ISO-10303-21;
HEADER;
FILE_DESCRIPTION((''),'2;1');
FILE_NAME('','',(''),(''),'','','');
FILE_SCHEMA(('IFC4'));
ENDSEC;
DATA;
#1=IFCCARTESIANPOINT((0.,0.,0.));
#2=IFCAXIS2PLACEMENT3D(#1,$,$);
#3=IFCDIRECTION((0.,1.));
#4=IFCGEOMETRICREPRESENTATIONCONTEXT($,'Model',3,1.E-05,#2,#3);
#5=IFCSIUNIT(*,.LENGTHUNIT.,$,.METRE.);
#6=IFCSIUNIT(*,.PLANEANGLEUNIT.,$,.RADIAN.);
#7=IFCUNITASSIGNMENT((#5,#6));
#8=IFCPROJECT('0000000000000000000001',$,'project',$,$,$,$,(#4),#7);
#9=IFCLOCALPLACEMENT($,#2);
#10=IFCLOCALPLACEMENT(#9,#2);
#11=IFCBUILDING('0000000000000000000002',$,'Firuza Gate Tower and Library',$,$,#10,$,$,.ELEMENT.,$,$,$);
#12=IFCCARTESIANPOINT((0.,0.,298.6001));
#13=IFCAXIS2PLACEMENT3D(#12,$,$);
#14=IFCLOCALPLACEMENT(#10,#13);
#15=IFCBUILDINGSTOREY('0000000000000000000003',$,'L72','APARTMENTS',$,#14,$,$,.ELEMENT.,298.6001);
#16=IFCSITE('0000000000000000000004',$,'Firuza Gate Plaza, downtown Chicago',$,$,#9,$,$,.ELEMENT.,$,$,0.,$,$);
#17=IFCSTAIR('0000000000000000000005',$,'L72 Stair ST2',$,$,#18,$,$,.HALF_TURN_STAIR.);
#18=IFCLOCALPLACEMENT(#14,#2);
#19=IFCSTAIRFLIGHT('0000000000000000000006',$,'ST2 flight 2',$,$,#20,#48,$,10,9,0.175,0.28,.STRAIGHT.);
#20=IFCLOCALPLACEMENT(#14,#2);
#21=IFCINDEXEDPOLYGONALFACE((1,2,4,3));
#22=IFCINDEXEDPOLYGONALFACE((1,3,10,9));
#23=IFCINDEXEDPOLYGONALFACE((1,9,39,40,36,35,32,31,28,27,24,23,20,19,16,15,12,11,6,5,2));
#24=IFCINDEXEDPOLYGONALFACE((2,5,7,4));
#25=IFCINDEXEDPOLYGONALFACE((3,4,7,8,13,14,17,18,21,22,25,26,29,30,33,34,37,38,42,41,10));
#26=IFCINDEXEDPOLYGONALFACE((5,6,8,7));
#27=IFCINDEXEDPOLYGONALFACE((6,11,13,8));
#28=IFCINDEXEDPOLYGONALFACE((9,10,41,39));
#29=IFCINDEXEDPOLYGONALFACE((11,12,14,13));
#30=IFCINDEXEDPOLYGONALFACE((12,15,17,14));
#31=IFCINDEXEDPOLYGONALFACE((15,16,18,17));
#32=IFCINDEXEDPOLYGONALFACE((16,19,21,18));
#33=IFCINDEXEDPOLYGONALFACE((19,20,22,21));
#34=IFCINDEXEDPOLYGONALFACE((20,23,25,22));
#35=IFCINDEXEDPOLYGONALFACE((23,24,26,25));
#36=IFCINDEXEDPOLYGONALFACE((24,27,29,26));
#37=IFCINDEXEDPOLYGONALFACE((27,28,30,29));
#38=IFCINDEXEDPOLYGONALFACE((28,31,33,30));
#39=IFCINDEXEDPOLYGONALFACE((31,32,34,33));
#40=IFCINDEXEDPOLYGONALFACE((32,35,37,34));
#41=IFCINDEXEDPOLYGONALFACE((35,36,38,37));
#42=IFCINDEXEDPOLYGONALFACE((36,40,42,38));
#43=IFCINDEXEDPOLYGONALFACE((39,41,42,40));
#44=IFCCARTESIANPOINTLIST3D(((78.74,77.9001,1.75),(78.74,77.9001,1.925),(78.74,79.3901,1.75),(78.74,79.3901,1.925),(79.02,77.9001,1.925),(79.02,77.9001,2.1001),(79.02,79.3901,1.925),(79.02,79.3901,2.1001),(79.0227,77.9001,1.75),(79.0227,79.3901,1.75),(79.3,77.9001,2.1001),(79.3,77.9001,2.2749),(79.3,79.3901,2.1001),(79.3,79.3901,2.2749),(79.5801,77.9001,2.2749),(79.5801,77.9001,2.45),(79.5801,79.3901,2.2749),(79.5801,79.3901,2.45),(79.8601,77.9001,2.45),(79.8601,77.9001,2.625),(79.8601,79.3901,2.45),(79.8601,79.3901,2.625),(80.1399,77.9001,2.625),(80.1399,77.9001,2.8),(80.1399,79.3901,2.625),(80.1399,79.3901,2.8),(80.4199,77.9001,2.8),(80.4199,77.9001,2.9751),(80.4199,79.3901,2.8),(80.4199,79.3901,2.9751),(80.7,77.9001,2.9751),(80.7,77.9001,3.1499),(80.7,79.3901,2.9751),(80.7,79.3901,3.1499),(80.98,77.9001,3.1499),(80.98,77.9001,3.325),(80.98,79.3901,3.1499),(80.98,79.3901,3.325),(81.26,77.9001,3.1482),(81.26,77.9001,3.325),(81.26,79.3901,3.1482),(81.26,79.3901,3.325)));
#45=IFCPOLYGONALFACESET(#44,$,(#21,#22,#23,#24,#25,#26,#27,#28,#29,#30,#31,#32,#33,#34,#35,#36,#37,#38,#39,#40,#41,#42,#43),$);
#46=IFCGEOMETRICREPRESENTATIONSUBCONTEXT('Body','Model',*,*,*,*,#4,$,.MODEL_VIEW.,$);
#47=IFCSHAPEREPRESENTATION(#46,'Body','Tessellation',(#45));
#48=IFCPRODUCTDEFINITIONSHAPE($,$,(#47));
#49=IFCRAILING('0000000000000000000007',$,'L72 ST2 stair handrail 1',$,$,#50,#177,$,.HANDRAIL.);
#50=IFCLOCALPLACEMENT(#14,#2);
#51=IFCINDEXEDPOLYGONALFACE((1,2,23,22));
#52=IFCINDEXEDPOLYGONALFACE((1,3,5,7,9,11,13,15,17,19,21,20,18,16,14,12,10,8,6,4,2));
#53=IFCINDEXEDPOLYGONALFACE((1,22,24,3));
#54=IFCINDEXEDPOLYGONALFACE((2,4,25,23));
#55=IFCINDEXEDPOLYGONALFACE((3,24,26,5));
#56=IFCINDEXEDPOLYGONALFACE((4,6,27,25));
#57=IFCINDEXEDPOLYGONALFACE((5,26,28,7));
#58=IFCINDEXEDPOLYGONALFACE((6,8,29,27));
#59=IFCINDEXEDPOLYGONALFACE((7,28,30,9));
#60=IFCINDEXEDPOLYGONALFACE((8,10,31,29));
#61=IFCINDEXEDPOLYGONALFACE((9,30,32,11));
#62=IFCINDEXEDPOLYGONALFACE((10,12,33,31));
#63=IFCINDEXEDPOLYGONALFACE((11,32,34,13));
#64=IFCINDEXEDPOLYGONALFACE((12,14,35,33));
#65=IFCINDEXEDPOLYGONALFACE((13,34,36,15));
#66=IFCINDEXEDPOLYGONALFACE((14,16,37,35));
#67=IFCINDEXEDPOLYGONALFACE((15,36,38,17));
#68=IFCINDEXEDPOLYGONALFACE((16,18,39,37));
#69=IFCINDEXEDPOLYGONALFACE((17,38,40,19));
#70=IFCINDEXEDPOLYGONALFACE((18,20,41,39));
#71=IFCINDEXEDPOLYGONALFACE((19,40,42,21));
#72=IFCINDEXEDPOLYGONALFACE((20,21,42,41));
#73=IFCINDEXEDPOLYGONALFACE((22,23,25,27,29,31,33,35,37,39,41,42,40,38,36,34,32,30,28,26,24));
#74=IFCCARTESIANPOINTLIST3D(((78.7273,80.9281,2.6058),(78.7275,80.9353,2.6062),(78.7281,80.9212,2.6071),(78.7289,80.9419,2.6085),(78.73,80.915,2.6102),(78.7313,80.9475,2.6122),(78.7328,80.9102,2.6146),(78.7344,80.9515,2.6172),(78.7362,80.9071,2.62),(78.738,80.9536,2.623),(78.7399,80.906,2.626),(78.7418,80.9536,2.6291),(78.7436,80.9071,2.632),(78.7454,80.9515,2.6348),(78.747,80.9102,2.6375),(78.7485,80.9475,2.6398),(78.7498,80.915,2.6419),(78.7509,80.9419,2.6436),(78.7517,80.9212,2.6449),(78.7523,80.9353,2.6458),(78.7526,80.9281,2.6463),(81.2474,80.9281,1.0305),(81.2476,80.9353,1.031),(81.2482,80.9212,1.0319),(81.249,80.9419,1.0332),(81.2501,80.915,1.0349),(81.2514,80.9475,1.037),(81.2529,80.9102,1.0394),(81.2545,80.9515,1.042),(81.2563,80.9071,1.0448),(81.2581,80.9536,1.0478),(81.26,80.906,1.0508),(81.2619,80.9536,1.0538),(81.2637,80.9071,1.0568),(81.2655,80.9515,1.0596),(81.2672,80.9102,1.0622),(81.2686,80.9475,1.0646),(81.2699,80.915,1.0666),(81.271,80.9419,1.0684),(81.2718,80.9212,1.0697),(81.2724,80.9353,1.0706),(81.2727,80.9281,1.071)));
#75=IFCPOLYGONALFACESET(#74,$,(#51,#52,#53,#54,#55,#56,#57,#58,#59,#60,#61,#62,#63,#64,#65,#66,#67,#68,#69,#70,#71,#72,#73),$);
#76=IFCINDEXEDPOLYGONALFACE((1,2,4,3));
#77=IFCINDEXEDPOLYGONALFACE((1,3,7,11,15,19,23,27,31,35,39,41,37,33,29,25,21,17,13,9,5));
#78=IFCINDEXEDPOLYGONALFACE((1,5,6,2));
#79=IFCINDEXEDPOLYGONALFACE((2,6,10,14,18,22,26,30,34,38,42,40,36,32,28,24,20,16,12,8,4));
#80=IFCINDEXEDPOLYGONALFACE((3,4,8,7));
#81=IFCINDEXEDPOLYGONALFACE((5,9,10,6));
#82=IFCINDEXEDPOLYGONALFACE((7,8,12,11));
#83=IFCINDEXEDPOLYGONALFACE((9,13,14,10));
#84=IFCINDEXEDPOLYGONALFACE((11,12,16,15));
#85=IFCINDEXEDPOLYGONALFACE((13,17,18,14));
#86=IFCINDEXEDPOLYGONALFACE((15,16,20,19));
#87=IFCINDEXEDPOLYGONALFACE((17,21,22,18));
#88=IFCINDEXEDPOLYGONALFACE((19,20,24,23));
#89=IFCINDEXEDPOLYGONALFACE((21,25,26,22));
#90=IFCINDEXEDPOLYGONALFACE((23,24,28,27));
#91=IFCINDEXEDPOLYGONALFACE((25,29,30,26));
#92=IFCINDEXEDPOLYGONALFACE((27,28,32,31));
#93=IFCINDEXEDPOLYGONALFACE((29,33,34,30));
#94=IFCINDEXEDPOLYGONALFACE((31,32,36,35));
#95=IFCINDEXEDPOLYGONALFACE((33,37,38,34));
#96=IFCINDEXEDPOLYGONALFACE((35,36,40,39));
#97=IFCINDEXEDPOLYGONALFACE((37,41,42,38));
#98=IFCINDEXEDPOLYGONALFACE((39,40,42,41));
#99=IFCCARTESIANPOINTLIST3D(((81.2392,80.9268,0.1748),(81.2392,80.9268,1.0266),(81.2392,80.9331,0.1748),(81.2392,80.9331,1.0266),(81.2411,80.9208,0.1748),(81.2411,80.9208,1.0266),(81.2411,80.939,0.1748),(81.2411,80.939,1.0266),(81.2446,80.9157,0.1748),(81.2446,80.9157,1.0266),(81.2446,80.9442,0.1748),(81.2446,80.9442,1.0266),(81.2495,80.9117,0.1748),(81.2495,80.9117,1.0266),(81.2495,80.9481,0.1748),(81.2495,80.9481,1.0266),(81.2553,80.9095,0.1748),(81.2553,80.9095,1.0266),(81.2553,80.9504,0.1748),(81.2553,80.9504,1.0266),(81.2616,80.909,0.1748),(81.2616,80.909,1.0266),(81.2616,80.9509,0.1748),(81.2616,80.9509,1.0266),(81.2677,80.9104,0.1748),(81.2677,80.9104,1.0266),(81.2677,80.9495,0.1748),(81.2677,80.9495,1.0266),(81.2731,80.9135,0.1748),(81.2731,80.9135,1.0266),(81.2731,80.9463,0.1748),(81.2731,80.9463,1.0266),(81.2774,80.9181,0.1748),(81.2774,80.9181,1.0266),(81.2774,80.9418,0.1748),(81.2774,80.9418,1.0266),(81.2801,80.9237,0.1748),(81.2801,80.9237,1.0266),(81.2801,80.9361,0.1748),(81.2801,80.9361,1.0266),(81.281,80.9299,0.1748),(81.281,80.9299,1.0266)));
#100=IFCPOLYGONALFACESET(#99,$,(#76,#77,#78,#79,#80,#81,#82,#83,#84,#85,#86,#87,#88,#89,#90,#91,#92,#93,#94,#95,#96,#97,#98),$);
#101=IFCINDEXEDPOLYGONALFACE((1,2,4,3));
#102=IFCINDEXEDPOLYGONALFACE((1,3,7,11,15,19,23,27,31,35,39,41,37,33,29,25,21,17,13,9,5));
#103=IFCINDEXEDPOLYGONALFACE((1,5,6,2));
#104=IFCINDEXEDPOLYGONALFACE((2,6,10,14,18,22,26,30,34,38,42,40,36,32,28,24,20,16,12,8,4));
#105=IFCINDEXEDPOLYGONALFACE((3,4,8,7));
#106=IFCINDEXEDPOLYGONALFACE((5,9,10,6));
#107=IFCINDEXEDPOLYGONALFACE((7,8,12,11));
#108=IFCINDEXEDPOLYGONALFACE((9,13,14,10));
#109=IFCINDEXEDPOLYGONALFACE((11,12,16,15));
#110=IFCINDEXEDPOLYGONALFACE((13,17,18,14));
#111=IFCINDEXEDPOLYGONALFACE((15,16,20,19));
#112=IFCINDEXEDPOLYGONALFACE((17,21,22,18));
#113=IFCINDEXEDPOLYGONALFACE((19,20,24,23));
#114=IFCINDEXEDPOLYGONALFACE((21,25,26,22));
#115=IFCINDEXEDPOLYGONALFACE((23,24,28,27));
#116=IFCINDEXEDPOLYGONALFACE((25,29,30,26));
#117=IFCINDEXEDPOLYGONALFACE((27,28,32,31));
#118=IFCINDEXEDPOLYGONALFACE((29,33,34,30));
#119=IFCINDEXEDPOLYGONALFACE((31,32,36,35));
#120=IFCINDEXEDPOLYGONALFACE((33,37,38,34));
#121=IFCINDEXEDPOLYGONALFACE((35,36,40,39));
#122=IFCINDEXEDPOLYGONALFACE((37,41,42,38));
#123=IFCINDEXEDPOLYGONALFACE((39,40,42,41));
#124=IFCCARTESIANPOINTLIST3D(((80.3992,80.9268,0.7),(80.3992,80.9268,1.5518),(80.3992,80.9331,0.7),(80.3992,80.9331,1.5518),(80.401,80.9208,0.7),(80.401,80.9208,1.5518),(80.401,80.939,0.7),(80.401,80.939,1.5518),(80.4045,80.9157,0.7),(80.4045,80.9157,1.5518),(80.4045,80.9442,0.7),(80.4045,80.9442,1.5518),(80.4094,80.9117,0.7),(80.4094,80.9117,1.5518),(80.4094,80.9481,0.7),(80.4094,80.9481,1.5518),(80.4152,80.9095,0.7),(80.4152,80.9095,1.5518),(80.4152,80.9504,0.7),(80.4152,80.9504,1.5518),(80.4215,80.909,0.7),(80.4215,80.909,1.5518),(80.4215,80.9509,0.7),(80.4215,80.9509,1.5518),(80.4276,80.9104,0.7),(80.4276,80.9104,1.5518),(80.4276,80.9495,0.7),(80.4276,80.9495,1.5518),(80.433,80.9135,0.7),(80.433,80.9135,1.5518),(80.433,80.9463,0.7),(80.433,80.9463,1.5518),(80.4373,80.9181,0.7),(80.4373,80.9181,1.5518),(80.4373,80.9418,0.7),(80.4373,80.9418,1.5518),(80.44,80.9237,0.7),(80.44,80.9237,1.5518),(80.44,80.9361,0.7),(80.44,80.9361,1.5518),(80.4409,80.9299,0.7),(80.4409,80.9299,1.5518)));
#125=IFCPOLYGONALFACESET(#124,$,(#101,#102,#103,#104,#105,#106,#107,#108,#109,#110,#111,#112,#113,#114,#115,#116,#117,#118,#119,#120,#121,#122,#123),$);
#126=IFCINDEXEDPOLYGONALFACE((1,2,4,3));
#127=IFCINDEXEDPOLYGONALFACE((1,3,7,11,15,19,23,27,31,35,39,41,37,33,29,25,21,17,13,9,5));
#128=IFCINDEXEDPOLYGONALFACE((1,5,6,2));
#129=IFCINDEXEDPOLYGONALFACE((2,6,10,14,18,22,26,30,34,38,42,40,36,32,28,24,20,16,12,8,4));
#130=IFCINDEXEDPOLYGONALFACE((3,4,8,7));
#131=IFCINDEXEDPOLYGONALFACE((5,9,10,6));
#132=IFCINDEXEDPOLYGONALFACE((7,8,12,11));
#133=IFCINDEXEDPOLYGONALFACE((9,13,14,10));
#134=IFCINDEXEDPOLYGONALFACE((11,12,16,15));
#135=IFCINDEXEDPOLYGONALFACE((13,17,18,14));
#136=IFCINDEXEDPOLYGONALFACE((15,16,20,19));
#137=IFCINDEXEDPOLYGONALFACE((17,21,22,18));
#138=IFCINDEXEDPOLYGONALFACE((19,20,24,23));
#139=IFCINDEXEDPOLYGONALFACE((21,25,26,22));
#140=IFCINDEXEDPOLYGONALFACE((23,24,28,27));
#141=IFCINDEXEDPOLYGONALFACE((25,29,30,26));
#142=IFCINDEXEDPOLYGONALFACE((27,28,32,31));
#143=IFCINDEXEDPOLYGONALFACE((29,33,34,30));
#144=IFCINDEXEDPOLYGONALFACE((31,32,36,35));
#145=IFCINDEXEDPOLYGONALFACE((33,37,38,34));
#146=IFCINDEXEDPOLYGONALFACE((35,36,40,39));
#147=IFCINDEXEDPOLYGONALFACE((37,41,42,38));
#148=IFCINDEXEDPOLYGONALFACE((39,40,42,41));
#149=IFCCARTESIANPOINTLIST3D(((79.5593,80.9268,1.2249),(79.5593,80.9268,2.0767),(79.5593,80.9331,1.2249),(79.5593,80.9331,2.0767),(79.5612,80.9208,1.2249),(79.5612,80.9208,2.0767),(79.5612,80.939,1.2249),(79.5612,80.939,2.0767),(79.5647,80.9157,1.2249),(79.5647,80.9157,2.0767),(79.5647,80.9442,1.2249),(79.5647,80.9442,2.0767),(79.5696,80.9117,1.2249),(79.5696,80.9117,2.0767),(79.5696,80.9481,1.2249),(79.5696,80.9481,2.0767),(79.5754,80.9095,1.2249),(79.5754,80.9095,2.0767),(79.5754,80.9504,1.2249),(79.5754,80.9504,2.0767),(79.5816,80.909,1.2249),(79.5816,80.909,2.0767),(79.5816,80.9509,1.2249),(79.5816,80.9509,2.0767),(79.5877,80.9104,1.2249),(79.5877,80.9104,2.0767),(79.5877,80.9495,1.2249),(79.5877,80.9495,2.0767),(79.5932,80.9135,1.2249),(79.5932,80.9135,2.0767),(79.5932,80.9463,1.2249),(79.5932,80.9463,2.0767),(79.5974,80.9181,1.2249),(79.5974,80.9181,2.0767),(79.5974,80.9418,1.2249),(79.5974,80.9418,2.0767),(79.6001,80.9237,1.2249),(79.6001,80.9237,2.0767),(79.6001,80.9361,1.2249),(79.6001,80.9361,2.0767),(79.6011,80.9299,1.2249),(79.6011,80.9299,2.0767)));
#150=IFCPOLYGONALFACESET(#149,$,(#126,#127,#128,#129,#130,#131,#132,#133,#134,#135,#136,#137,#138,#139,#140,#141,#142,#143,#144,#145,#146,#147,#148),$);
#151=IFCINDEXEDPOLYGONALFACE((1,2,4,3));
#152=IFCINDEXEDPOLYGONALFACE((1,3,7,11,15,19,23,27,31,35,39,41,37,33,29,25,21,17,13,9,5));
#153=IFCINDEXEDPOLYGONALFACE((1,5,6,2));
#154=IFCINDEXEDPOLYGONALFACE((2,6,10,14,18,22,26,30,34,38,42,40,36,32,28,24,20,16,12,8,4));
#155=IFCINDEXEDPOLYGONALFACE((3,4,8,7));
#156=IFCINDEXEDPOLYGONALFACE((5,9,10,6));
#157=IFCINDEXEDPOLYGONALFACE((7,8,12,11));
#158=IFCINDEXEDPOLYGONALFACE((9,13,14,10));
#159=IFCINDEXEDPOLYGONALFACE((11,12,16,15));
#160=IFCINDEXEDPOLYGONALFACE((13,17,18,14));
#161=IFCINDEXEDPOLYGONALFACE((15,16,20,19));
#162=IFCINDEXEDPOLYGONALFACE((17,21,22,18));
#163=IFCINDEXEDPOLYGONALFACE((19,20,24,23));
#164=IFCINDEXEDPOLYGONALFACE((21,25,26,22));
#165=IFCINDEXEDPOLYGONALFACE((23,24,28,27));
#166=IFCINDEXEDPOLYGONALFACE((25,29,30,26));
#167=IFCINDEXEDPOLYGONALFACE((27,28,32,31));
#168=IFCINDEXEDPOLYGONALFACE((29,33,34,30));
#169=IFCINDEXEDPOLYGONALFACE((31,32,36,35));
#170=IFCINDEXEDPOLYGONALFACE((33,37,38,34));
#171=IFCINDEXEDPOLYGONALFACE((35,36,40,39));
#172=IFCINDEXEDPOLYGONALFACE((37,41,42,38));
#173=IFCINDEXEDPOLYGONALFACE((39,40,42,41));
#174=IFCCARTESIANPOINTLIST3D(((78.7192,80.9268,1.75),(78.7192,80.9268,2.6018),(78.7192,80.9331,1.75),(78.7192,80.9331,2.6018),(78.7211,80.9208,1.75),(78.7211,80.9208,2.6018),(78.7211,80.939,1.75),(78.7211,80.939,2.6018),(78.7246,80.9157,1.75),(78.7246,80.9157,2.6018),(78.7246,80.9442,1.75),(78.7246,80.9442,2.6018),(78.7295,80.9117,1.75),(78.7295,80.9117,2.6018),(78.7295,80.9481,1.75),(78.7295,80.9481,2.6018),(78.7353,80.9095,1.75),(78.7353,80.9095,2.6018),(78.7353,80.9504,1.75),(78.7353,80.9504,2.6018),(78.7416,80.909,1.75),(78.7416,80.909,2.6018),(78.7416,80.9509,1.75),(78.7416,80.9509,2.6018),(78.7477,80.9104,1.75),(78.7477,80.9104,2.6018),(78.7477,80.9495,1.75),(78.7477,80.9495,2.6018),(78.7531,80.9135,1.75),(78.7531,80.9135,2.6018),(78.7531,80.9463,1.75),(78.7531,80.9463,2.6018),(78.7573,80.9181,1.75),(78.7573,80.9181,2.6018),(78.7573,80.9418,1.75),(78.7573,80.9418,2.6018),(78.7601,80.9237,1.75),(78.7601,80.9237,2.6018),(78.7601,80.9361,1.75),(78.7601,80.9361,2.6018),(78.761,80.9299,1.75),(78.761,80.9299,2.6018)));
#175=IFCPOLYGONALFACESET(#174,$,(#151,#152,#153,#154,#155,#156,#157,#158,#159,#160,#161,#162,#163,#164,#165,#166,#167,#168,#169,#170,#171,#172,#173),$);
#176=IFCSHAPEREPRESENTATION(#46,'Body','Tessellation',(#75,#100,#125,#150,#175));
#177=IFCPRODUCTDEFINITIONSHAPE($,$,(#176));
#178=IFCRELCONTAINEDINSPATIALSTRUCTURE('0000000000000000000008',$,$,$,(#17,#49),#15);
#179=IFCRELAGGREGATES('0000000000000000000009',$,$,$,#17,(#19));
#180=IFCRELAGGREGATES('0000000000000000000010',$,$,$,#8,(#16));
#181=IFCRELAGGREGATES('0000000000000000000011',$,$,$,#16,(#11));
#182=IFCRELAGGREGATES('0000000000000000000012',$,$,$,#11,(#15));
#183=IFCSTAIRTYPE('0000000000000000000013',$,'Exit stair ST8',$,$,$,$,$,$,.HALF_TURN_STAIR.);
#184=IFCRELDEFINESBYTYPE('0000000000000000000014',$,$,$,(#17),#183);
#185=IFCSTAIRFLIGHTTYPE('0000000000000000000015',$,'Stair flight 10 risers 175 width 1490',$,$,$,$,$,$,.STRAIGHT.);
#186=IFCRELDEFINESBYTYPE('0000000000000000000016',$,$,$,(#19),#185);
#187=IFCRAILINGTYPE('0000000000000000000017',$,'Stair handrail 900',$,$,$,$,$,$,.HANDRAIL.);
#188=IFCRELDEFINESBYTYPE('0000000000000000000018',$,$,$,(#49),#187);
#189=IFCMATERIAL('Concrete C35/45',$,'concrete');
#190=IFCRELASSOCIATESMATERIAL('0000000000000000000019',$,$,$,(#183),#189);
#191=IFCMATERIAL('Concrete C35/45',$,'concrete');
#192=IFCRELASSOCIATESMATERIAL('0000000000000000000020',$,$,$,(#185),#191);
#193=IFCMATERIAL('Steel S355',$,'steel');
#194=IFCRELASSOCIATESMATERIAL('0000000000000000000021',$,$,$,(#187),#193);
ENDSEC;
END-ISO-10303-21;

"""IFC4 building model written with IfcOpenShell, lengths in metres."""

from ifc_helpers import new_model, si_unit, direction, frame, origin, origin_2d, place, context, subcontext, project, spatial, polyline, circle, outline, extrude, material, type_object, element, aggregate, save


model = new_model("IFC4")

# Units and contexts
model_context = context("Model", 3, precision=1e-05, world=origin(), true_north=direction((0.0, 1.0)))
body_context = subcontext(model_context, "Body", "Model", "MODEL_VIEW")
ifc_project = project(units=[si_unit("LENGTHUNIT", "METRE"), si_unit("PLANEANGLEUNIT", "RADIAN")], contexts=[model_context])

# Site, building, storey
site_placement = place(None, origin())
site = spatial("IfcSite", under=ifc_project, at=site_placement, Name="Firuza Gate Plaza, downtown Chicago", CompositionType="ELEMENT", RefElevation=0.0)
building_placement = place(site_placement, origin())
building = spatial("IfcBuilding", under=site, at=building_placement, Name="Firuza Gate Tower and Library", CompositionType="ELEMENT")
storey_placement = place(building_placement, frame((0.0, 0.0, 298.6001)))
storey = spatial("IfcBuildingStorey", under=building, at=storey_placement, Name="L72", Description="APARTMENTS", CompositionType="ELEMENT", Elevation=298.6001)

# Shared definitions
placement = place(storey_placement, origin())

# Stair, stair flight
ifc_material_1 = material(Name="Concrete C35/45", Category="concrete")
stair_type = type_object("IfcStairType", Name="Exit stair ST8", PredefinedType="HALF_TURN_STAIR", material=ifc_material_1)
stair = element("IfcStair", 1, at=placement, inside=storey, type_object=stair_type, Name="L72 Stair ST2", PredefinedType="HALF_TURN_STAIR")
ifc_material_2 = material(Name="Concrete C35/45", Category="concrete")
stair_flight_type = type_object("IfcStairFlightType", Name="Stair flight 10 risers 175 width 1490", PredefinedType="STRAIGHT", material=ifc_material_2)
stair_flight_1_placement = place(storey_placement, frame((78.74, 78.645, 1.75), z_axis=(0.0, 0.0, 1.0), x_axis=(1.0, 0.0, 0.0)))
stair_flight_1 = element("IfcStairFlight", 2, at=stair_flight_1_placement, type_object=stair_flight_type, Name="ST2 flight 2", NumberOfRisers=10, NumberOfTreads=9, PredefinedType="STRAIGHT", RiserHeight=0.175, TreadLength=0.28, context=body_context, shape_type="SweptSolid", body=[
    extrude(outline(polyline([(0.0, 0.0), (0.0, 0.175), (0.28, 0.175), (0.28, 0.3501), (0.5601, 0.3501), (0.5601, 0.5249), (0.8401, 0.5249), (0.8401, 0.7), (1.1201, 0.7), (1.1201, 0.875), (1.3999, 0.875), (1.3999, 1.05), (1.6799, 1.05), (1.6799, 1.2251), (1.96, 1.2251), (1.96, 1.3999), (2.24, 1.3999), (2.24, 1.575), (2.52, 1.575), (2.52, 1.75), (2.52, 1.3982), (0.2827, 0.0), (0.0, 0.0)])), frame((0.0, 0.7451, 0.0), z_axis=(0.0, -1.0, 0.0), x_axis=(1.0, 0.0, 0.0)), (0.0, 0.0, 1.0), 1.49),
])
aggregate(stair, [stair_flight_1])

# Railing
ifc_material_3 = material(Name="Steel S355", Category="steel")
railing_type_1 = type_object("IfcRailingType", Name="Stair handrail 900", PredefinedType="HANDRAIL", material=ifc_material_3)
railing_1_placement = place(storey_placement, frame((81.26, 80.9299, 0.1748)))
element("IfcRailing", 3, at=railing_1_placement, inside=storey, type_object=railing_type_1, Name="L72 ST2 stair handrail 1", PredefinedType="HANDRAIL", context=body_context, shape_type="SweptSolid", body=[
    extrude(circle(Radius=0.0239, at=origin_2d()), frame((0.0, 0.0, 0.876), z_axis=(-0.847971, 0.0, 0.530043), x_axis=(0.0, -1.0, 0.0)), (0.0, 0.0, 1.0), 2.9719),
    extrude(circle(Radius=0.021, at=origin_2d()), origin(), (0.0, 0.0, 1.0), 0.8518),
    extrude(circle(Radius=0.021, at=origin_2d()), frame((-0.8401, 0.0, 0.5251)), (0.0, 0.0, 1.0), 0.8518),
    extrude(circle(Radius=0.021, at=origin_2d()), frame((-1.6799, 0.0, 1.05)), (0.0, 0.0, 1.0), 0.8518),
    extrude(circle(Radius=0.021, at=origin_2d()), frame((-2.52, 0.0, 1.5752)), (0.0, 0.0, 1.0), 0.8518),
])

save(model, "model.ifc")
